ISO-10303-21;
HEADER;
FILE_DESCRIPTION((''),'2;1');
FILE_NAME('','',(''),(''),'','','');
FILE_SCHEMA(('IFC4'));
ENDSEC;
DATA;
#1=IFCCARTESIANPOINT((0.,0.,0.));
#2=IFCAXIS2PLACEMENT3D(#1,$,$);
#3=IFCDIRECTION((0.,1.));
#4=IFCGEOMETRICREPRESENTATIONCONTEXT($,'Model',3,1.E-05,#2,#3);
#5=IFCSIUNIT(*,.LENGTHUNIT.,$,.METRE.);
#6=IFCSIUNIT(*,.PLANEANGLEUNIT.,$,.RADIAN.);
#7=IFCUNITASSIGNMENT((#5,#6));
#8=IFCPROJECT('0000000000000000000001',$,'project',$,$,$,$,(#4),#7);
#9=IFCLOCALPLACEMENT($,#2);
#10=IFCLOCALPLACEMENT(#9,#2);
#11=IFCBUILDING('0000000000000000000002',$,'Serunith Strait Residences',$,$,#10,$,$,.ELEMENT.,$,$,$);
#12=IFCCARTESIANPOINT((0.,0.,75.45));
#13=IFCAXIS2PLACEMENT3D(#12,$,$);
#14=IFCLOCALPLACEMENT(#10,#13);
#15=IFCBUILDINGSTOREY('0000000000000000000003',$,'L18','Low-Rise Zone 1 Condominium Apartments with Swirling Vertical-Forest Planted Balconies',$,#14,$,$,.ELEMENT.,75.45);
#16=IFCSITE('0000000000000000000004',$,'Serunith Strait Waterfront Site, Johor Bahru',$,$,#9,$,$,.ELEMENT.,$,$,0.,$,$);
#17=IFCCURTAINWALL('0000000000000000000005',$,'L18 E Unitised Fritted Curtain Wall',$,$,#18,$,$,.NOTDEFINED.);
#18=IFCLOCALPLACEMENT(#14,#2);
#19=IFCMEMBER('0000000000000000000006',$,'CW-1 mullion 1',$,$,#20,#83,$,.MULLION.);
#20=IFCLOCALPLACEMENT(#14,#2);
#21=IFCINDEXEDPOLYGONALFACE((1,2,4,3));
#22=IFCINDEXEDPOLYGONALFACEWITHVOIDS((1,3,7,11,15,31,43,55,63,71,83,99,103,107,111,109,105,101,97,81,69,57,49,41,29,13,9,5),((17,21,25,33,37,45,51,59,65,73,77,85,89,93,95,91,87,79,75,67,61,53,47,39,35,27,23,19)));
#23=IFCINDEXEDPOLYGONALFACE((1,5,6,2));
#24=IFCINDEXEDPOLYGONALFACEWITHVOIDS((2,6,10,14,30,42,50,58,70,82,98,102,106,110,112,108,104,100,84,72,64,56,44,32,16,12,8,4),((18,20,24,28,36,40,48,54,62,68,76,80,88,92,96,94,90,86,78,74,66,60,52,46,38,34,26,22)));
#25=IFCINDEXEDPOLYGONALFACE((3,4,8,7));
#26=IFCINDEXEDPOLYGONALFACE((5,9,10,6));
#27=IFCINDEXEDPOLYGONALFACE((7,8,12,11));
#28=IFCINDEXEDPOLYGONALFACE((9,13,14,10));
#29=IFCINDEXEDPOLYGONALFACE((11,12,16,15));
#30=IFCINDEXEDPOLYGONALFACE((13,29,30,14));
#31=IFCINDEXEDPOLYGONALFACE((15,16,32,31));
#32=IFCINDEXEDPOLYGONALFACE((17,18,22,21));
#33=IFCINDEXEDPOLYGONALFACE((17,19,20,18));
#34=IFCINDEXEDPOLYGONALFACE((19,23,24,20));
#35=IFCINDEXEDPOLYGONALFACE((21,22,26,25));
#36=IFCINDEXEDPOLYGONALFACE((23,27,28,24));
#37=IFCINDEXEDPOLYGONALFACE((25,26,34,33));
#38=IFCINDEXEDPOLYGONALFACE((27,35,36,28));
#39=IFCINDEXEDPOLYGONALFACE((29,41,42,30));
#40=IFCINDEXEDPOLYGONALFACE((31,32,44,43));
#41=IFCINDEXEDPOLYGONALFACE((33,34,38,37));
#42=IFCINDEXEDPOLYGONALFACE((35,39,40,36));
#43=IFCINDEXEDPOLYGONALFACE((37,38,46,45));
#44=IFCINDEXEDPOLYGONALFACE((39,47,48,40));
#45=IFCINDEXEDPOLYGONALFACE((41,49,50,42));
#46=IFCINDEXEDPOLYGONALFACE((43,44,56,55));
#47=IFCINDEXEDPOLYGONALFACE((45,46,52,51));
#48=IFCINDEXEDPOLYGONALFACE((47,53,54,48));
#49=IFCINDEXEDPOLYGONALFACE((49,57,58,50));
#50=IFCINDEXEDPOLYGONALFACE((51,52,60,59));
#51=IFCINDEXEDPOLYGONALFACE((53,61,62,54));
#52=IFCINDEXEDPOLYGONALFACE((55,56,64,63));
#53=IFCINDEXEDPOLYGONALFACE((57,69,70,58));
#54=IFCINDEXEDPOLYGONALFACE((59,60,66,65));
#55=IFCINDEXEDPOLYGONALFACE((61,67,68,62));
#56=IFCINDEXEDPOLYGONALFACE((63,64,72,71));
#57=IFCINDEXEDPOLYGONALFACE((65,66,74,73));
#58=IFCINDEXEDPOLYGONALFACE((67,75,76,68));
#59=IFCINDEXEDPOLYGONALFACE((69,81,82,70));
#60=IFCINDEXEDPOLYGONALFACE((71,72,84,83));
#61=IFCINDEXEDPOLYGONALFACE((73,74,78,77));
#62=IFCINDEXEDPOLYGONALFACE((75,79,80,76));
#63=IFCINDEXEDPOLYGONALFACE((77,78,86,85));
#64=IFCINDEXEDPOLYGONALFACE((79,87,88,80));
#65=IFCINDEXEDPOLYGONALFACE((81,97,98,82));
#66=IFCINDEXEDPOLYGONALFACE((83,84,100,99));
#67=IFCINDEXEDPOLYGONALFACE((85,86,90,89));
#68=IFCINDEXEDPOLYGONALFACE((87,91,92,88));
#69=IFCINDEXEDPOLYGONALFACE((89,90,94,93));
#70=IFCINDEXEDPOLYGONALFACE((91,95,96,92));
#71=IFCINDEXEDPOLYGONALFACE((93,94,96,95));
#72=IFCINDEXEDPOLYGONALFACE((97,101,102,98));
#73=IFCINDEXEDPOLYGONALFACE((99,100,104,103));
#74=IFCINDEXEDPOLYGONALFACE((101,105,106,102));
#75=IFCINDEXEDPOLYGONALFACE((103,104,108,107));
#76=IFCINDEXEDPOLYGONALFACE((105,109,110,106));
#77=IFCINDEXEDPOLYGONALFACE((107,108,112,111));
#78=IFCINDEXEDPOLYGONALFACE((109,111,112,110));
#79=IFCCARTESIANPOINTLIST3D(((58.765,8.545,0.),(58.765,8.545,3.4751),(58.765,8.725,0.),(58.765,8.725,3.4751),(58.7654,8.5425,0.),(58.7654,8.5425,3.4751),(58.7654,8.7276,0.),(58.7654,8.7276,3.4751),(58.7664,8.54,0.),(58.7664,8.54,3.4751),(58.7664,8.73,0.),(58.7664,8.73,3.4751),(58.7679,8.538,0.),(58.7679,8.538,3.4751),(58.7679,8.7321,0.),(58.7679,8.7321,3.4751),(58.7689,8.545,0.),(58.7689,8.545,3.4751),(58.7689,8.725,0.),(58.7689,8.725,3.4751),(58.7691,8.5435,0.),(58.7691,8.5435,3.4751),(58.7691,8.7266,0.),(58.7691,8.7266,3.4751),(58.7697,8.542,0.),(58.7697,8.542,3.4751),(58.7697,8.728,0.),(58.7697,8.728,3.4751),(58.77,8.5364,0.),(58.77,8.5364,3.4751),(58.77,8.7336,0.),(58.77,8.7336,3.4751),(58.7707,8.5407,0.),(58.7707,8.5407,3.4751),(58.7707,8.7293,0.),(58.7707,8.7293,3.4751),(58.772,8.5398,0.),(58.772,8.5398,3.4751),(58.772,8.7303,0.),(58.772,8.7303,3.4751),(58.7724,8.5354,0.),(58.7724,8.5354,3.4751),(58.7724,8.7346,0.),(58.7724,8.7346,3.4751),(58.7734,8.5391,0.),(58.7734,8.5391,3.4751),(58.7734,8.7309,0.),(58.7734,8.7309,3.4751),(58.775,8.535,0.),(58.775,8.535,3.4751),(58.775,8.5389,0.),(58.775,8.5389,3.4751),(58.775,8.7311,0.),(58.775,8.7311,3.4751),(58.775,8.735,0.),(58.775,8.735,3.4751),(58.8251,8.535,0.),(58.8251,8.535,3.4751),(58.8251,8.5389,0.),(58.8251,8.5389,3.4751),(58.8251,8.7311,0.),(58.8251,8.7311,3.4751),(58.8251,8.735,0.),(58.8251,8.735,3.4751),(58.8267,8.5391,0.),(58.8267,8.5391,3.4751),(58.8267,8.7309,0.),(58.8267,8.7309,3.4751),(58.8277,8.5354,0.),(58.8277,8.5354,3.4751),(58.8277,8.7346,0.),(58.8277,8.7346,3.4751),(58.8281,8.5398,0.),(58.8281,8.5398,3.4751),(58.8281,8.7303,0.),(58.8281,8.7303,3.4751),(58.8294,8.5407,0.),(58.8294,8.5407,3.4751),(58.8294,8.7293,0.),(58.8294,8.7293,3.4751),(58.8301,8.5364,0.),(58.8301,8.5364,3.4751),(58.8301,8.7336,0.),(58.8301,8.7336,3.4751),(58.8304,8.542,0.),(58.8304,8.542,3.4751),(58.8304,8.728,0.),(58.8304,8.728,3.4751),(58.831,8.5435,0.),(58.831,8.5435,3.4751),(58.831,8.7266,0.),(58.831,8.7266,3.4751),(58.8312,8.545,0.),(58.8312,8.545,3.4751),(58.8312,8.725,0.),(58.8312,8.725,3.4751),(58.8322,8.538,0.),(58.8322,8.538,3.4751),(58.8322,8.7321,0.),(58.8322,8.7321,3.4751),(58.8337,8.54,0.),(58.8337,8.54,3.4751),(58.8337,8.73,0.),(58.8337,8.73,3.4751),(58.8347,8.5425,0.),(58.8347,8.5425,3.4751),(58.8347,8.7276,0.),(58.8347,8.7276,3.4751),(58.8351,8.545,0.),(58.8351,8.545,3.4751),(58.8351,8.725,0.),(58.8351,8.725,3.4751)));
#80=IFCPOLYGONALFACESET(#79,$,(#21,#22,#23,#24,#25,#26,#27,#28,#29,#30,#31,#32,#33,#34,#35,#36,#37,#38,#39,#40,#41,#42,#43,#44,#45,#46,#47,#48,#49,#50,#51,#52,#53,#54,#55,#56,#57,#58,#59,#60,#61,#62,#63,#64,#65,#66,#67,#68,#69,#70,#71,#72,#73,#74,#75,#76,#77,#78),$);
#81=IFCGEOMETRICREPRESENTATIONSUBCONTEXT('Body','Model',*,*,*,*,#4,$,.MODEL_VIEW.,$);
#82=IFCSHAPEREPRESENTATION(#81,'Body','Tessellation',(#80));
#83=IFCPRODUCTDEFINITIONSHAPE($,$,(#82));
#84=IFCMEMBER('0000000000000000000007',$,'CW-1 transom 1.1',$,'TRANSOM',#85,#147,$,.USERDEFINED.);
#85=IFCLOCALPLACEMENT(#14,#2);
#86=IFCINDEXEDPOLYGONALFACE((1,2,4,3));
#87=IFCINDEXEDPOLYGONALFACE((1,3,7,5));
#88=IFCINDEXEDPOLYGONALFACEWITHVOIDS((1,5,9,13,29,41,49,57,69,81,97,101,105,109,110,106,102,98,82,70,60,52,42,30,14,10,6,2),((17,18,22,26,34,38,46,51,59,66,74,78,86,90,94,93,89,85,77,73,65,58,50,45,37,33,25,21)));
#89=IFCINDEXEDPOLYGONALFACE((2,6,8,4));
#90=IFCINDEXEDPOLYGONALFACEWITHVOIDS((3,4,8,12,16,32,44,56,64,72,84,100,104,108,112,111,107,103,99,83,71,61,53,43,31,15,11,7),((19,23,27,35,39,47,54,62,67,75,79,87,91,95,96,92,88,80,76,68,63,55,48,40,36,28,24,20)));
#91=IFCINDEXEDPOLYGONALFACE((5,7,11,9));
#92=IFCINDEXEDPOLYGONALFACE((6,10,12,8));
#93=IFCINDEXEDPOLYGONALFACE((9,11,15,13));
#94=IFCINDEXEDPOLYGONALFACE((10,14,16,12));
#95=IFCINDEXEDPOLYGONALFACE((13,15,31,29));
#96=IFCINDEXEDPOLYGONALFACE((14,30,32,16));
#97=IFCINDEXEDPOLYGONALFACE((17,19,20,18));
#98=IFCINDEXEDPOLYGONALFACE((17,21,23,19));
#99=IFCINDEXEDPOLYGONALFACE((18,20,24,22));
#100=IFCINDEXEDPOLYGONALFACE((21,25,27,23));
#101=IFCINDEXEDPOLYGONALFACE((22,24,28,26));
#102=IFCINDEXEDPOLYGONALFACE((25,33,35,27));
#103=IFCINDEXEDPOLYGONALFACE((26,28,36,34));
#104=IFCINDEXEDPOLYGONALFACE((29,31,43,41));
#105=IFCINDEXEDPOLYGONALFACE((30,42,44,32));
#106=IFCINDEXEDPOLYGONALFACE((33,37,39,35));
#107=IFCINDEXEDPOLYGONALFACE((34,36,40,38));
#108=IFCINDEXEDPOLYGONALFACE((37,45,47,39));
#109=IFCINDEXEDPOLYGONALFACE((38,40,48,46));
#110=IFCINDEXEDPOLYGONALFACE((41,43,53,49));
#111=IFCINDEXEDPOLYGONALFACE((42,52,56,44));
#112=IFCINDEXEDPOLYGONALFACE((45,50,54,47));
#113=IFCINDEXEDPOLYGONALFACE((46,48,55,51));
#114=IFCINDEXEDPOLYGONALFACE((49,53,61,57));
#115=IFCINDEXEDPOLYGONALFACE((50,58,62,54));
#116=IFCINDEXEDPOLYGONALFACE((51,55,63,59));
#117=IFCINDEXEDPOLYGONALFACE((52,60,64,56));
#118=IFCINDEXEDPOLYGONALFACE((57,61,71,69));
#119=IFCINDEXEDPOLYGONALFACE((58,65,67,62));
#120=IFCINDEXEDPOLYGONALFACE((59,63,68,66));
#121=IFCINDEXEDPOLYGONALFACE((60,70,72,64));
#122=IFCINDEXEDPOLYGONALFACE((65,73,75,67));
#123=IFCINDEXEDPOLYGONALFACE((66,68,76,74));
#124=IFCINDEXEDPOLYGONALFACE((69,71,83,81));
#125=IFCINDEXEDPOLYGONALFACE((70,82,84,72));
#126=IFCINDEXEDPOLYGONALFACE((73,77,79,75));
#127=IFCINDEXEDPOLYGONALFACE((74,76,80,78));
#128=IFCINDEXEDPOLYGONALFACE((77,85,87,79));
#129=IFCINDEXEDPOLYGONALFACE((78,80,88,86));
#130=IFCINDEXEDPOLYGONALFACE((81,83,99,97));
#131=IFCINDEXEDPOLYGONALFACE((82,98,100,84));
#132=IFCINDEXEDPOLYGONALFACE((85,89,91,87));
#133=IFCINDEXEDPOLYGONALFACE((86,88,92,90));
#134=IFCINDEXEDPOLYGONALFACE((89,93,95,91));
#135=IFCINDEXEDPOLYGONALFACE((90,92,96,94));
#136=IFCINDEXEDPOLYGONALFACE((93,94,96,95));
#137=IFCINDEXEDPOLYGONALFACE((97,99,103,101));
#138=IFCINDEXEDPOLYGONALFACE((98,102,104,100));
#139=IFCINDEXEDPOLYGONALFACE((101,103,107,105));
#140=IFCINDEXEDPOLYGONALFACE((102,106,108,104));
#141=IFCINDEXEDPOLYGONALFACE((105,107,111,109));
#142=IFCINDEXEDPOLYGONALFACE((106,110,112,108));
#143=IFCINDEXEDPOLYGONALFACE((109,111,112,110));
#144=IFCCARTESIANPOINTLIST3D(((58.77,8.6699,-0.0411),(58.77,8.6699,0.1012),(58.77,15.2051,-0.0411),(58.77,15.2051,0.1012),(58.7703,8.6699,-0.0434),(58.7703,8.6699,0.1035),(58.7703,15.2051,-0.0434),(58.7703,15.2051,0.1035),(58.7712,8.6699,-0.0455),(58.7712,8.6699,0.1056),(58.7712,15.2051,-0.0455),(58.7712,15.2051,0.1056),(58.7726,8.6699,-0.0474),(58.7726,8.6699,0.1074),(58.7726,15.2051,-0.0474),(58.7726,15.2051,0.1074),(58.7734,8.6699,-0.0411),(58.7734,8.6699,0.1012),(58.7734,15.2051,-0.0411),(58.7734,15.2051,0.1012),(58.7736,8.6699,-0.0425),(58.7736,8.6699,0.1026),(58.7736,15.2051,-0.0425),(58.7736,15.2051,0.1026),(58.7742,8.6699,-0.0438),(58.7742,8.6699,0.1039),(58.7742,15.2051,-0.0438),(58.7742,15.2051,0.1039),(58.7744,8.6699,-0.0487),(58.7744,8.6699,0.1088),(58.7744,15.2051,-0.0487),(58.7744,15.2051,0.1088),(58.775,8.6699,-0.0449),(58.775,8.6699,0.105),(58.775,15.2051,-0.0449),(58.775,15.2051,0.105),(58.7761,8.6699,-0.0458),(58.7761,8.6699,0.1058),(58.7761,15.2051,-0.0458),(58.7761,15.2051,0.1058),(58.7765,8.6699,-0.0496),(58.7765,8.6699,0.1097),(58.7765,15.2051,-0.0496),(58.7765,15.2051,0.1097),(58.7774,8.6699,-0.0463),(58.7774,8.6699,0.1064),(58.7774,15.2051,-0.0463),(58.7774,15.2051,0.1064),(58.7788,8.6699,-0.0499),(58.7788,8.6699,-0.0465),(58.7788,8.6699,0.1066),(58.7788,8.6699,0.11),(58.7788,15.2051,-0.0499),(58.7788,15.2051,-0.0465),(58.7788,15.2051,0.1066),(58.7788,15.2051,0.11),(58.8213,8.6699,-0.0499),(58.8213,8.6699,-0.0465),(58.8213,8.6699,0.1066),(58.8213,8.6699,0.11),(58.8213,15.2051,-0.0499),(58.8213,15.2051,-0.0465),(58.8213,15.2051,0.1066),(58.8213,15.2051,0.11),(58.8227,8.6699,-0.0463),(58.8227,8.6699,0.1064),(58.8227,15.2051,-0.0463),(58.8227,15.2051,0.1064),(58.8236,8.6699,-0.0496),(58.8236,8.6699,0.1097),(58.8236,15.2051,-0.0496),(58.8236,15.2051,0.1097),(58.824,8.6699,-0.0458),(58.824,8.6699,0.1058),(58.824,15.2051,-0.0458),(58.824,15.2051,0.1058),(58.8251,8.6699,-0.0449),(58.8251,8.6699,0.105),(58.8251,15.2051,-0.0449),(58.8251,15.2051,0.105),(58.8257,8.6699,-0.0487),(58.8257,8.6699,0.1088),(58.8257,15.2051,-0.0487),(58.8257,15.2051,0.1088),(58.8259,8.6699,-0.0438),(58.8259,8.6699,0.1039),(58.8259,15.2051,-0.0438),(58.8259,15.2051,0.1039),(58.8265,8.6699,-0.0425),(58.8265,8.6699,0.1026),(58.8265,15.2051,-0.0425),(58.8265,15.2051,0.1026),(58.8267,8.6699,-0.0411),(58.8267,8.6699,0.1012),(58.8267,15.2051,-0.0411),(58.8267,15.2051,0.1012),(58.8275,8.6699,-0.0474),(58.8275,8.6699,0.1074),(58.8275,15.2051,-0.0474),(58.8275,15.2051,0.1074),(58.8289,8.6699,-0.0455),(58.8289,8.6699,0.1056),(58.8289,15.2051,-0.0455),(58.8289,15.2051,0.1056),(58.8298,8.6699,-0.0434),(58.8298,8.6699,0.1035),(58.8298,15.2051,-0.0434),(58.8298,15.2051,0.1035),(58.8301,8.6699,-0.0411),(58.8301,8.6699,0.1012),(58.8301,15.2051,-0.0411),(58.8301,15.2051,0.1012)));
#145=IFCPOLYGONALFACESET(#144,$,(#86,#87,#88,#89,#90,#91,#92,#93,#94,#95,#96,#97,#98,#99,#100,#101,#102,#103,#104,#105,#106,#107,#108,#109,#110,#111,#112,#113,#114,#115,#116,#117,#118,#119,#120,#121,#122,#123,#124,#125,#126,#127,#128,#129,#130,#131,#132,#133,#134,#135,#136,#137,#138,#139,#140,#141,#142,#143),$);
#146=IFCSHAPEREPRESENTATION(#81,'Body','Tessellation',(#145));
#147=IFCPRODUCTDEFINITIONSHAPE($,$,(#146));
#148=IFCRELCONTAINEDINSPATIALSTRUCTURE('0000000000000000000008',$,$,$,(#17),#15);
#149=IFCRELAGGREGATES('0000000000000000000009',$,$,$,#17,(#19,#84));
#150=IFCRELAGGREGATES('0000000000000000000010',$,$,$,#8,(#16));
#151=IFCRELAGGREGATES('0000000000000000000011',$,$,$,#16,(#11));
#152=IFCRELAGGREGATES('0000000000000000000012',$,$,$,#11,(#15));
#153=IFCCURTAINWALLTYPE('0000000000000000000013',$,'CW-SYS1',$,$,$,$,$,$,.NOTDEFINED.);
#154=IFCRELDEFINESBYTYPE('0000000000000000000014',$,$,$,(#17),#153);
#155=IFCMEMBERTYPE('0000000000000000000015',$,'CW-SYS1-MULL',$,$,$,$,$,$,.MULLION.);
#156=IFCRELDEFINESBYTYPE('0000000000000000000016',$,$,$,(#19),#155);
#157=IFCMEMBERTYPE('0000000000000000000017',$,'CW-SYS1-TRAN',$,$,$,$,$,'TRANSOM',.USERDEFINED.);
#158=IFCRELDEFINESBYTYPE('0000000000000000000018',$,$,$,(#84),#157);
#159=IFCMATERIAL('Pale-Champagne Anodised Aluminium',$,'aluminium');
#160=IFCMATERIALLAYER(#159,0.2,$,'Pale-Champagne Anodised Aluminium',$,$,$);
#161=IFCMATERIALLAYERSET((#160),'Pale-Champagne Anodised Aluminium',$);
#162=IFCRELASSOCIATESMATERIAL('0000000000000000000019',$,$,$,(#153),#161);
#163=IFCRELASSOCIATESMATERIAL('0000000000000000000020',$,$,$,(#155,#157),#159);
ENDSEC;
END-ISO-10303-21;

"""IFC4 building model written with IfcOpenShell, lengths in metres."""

from ifc_helpers import new_model, si_unit, direction, frame, origin, origin_2d, place, context, subcontext, project, spatial, hollow_rectangle, extrude, source, transform, mapped, material, layer, layer_set, material_profile, profile_set, type_object, element, aggregate, save


model = new_model("IFC4")

# Units and contexts
model_context = context("Model", 3, precision=1e-05, world=origin(), true_north=direction((0.0, 1.0)))
body_context = subcontext(model_context, "Body", "Model", "MODEL_VIEW")
ifc_project = project(units=[si_unit("LENGTHUNIT", "METRE"), si_unit("PLANEANGLEUNIT", "RADIAN")], contexts=[model_context])

# Site, building, storey
site_placement = place(None, origin())
site = spatial("IfcSite", under=ifc_project, at=site_placement, Name="Serunith Strait Waterfront Site, Johor Bahru", CompositionType="ELEMENT", RefElevation=0.0)
building_placement = place(site_placement, origin())
building = spatial("IfcBuilding", under=site, at=building_placement, Name="Serunith Strait Residences", CompositionType="ELEMENT")
storey_placement = place(building_placement, frame((0.0, 0.0, 75.45)))
storey = spatial("IfcBuildingStorey", under=building, at=storey_placement, Name="L18", Description="Low-Rise Zone 1 Condominium Apartments with Swirling Vertical-Forest Planted Balconies", CompositionType="ELEMENT", Elevation=75.45)

# Curtain wall, members
ifc_material_1 = material(Name="Pale-Champagne Anodised Aluminium", Category="aluminium")
ifc_layer_1 = layer(ifc_material_1, 0.2, Name="Pale-Champagne Anodised Aluminium")
ifc_layer_set_1 = layer_set([ifc_layer_1], Name="Pale-Champagne Anodised Aluminium")
curtain_wall_type = type_object("IfcCurtainWallType", Name="CW-SYS1", PredefinedType="NOTDEFINED", material=ifc_layer_set_1)
ifc_material_profile_1 = material_profile(ifc_material_1, hollow_rectangle(XDim=0.0701, YDim=0.2, WallThickness=0.0039, InnerFilletRadius=0.0061, OuterFilletRadius=0.01, at=origin_2d()), Name="ALU 200x70x4")
ifc_profile_set_1 = profile_set([ifc_material_profile_1], Name="Pale-Champagne Anodised Aluminium")
member_type_1 = type_object("IfcMemberType", Name="CW-SYS1-MULL", PredefinedType="MULLION", material=ifc_profile_set_1)
shared_shape_1 = source(origin(), body_context, "Body", "SweptSolid", [
    extrude(hollow_rectangle(XDim=0.0701, YDim=0.2, WallThickness=0.0039, InnerFilletRadius=0.0061, OuterFilletRadius=0.01, at=origin_2d()), origin(), (0.0, 0.0, 1.0), 3.4751),
])
curtain_wall_1_placement = place(storey_placement, origin())
curtain_wall_1 = element("IfcCurtainWall", 1, at=curtain_wall_1_placement, inside=storey, type_object=curtain_wall_type, Name="L18 E Unitised Fritted Curtain Wall", PredefinedType="NOTDEFINED")
member_1_placement = place(storey_placement, frame((58.8, 8.635, 0.0), z_axis=(0.0, 0.0, 1.0), x_axis=(-1.0, 0.0, 0.0)))
member_1 = element("IfcMember", 2, at=member_1_placement, type_object=member_type_1, Name="CW-1 mullion 1", PredefinedType="MULLION", context=body_context, shape_type="MappedRepresentation", body=[
    mapped(shared_shape_1, transform((0.0, 0.0, 0.0), scale=1.0)),
])
ifc_material_profile_2 = material_profile(ifc_material_1, hollow_rectangle(XDim=0.0601, YDim=0.1599, WallThickness=0.0034, InnerFilletRadius=0.0054, OuterFilletRadius=0.0088, at=origin_2d()), Name="ALU 160x60x3.5")
ifc_profile_set_2 = profile_set([ifc_material_profile_2], Name="Pale-Champagne Anodised Aluminium")
member_type_2 = type_object("IfcMemberType", Name="CW-SYS1-TRAN", ElementType="TRANSOM", PredefinedType="USERDEFINED", material=ifc_profile_set_2)
shared_shape_2 = source(origin(), body_context, "Body", "SweptSolid", [
    extrude(hollow_rectangle(XDim=0.0601, YDim=0.1599, WallThickness=0.0034, InnerFilletRadius=0.0054, OuterFilletRadius=0.0088, at=origin_2d()), origin(), (0.0, 0.0, 1.0), 6.5352),
])
member_2_placement = place(storey_placement, frame((58.8, 8.6699, 0.03), z_axis=(0.0, 1.0, 0.0), x_axis=(-1.0, 0.0, 0.0)))
member_2 = element("IfcMember", 3, at=member_2_placement, type_object=member_type_2, Name="CW-1 transom 1.1", ObjectType="TRANSOM", PredefinedType="USERDEFINED", context=body_context, shape_type="MappedRepresentation", body=[
    mapped(shared_shape_2, transform((0.0, 0.0, 0.0), scale=1.0)),
])

aggregate(curtain_wall_1, [member_1, member_2])

save(model, "model.ifc")
